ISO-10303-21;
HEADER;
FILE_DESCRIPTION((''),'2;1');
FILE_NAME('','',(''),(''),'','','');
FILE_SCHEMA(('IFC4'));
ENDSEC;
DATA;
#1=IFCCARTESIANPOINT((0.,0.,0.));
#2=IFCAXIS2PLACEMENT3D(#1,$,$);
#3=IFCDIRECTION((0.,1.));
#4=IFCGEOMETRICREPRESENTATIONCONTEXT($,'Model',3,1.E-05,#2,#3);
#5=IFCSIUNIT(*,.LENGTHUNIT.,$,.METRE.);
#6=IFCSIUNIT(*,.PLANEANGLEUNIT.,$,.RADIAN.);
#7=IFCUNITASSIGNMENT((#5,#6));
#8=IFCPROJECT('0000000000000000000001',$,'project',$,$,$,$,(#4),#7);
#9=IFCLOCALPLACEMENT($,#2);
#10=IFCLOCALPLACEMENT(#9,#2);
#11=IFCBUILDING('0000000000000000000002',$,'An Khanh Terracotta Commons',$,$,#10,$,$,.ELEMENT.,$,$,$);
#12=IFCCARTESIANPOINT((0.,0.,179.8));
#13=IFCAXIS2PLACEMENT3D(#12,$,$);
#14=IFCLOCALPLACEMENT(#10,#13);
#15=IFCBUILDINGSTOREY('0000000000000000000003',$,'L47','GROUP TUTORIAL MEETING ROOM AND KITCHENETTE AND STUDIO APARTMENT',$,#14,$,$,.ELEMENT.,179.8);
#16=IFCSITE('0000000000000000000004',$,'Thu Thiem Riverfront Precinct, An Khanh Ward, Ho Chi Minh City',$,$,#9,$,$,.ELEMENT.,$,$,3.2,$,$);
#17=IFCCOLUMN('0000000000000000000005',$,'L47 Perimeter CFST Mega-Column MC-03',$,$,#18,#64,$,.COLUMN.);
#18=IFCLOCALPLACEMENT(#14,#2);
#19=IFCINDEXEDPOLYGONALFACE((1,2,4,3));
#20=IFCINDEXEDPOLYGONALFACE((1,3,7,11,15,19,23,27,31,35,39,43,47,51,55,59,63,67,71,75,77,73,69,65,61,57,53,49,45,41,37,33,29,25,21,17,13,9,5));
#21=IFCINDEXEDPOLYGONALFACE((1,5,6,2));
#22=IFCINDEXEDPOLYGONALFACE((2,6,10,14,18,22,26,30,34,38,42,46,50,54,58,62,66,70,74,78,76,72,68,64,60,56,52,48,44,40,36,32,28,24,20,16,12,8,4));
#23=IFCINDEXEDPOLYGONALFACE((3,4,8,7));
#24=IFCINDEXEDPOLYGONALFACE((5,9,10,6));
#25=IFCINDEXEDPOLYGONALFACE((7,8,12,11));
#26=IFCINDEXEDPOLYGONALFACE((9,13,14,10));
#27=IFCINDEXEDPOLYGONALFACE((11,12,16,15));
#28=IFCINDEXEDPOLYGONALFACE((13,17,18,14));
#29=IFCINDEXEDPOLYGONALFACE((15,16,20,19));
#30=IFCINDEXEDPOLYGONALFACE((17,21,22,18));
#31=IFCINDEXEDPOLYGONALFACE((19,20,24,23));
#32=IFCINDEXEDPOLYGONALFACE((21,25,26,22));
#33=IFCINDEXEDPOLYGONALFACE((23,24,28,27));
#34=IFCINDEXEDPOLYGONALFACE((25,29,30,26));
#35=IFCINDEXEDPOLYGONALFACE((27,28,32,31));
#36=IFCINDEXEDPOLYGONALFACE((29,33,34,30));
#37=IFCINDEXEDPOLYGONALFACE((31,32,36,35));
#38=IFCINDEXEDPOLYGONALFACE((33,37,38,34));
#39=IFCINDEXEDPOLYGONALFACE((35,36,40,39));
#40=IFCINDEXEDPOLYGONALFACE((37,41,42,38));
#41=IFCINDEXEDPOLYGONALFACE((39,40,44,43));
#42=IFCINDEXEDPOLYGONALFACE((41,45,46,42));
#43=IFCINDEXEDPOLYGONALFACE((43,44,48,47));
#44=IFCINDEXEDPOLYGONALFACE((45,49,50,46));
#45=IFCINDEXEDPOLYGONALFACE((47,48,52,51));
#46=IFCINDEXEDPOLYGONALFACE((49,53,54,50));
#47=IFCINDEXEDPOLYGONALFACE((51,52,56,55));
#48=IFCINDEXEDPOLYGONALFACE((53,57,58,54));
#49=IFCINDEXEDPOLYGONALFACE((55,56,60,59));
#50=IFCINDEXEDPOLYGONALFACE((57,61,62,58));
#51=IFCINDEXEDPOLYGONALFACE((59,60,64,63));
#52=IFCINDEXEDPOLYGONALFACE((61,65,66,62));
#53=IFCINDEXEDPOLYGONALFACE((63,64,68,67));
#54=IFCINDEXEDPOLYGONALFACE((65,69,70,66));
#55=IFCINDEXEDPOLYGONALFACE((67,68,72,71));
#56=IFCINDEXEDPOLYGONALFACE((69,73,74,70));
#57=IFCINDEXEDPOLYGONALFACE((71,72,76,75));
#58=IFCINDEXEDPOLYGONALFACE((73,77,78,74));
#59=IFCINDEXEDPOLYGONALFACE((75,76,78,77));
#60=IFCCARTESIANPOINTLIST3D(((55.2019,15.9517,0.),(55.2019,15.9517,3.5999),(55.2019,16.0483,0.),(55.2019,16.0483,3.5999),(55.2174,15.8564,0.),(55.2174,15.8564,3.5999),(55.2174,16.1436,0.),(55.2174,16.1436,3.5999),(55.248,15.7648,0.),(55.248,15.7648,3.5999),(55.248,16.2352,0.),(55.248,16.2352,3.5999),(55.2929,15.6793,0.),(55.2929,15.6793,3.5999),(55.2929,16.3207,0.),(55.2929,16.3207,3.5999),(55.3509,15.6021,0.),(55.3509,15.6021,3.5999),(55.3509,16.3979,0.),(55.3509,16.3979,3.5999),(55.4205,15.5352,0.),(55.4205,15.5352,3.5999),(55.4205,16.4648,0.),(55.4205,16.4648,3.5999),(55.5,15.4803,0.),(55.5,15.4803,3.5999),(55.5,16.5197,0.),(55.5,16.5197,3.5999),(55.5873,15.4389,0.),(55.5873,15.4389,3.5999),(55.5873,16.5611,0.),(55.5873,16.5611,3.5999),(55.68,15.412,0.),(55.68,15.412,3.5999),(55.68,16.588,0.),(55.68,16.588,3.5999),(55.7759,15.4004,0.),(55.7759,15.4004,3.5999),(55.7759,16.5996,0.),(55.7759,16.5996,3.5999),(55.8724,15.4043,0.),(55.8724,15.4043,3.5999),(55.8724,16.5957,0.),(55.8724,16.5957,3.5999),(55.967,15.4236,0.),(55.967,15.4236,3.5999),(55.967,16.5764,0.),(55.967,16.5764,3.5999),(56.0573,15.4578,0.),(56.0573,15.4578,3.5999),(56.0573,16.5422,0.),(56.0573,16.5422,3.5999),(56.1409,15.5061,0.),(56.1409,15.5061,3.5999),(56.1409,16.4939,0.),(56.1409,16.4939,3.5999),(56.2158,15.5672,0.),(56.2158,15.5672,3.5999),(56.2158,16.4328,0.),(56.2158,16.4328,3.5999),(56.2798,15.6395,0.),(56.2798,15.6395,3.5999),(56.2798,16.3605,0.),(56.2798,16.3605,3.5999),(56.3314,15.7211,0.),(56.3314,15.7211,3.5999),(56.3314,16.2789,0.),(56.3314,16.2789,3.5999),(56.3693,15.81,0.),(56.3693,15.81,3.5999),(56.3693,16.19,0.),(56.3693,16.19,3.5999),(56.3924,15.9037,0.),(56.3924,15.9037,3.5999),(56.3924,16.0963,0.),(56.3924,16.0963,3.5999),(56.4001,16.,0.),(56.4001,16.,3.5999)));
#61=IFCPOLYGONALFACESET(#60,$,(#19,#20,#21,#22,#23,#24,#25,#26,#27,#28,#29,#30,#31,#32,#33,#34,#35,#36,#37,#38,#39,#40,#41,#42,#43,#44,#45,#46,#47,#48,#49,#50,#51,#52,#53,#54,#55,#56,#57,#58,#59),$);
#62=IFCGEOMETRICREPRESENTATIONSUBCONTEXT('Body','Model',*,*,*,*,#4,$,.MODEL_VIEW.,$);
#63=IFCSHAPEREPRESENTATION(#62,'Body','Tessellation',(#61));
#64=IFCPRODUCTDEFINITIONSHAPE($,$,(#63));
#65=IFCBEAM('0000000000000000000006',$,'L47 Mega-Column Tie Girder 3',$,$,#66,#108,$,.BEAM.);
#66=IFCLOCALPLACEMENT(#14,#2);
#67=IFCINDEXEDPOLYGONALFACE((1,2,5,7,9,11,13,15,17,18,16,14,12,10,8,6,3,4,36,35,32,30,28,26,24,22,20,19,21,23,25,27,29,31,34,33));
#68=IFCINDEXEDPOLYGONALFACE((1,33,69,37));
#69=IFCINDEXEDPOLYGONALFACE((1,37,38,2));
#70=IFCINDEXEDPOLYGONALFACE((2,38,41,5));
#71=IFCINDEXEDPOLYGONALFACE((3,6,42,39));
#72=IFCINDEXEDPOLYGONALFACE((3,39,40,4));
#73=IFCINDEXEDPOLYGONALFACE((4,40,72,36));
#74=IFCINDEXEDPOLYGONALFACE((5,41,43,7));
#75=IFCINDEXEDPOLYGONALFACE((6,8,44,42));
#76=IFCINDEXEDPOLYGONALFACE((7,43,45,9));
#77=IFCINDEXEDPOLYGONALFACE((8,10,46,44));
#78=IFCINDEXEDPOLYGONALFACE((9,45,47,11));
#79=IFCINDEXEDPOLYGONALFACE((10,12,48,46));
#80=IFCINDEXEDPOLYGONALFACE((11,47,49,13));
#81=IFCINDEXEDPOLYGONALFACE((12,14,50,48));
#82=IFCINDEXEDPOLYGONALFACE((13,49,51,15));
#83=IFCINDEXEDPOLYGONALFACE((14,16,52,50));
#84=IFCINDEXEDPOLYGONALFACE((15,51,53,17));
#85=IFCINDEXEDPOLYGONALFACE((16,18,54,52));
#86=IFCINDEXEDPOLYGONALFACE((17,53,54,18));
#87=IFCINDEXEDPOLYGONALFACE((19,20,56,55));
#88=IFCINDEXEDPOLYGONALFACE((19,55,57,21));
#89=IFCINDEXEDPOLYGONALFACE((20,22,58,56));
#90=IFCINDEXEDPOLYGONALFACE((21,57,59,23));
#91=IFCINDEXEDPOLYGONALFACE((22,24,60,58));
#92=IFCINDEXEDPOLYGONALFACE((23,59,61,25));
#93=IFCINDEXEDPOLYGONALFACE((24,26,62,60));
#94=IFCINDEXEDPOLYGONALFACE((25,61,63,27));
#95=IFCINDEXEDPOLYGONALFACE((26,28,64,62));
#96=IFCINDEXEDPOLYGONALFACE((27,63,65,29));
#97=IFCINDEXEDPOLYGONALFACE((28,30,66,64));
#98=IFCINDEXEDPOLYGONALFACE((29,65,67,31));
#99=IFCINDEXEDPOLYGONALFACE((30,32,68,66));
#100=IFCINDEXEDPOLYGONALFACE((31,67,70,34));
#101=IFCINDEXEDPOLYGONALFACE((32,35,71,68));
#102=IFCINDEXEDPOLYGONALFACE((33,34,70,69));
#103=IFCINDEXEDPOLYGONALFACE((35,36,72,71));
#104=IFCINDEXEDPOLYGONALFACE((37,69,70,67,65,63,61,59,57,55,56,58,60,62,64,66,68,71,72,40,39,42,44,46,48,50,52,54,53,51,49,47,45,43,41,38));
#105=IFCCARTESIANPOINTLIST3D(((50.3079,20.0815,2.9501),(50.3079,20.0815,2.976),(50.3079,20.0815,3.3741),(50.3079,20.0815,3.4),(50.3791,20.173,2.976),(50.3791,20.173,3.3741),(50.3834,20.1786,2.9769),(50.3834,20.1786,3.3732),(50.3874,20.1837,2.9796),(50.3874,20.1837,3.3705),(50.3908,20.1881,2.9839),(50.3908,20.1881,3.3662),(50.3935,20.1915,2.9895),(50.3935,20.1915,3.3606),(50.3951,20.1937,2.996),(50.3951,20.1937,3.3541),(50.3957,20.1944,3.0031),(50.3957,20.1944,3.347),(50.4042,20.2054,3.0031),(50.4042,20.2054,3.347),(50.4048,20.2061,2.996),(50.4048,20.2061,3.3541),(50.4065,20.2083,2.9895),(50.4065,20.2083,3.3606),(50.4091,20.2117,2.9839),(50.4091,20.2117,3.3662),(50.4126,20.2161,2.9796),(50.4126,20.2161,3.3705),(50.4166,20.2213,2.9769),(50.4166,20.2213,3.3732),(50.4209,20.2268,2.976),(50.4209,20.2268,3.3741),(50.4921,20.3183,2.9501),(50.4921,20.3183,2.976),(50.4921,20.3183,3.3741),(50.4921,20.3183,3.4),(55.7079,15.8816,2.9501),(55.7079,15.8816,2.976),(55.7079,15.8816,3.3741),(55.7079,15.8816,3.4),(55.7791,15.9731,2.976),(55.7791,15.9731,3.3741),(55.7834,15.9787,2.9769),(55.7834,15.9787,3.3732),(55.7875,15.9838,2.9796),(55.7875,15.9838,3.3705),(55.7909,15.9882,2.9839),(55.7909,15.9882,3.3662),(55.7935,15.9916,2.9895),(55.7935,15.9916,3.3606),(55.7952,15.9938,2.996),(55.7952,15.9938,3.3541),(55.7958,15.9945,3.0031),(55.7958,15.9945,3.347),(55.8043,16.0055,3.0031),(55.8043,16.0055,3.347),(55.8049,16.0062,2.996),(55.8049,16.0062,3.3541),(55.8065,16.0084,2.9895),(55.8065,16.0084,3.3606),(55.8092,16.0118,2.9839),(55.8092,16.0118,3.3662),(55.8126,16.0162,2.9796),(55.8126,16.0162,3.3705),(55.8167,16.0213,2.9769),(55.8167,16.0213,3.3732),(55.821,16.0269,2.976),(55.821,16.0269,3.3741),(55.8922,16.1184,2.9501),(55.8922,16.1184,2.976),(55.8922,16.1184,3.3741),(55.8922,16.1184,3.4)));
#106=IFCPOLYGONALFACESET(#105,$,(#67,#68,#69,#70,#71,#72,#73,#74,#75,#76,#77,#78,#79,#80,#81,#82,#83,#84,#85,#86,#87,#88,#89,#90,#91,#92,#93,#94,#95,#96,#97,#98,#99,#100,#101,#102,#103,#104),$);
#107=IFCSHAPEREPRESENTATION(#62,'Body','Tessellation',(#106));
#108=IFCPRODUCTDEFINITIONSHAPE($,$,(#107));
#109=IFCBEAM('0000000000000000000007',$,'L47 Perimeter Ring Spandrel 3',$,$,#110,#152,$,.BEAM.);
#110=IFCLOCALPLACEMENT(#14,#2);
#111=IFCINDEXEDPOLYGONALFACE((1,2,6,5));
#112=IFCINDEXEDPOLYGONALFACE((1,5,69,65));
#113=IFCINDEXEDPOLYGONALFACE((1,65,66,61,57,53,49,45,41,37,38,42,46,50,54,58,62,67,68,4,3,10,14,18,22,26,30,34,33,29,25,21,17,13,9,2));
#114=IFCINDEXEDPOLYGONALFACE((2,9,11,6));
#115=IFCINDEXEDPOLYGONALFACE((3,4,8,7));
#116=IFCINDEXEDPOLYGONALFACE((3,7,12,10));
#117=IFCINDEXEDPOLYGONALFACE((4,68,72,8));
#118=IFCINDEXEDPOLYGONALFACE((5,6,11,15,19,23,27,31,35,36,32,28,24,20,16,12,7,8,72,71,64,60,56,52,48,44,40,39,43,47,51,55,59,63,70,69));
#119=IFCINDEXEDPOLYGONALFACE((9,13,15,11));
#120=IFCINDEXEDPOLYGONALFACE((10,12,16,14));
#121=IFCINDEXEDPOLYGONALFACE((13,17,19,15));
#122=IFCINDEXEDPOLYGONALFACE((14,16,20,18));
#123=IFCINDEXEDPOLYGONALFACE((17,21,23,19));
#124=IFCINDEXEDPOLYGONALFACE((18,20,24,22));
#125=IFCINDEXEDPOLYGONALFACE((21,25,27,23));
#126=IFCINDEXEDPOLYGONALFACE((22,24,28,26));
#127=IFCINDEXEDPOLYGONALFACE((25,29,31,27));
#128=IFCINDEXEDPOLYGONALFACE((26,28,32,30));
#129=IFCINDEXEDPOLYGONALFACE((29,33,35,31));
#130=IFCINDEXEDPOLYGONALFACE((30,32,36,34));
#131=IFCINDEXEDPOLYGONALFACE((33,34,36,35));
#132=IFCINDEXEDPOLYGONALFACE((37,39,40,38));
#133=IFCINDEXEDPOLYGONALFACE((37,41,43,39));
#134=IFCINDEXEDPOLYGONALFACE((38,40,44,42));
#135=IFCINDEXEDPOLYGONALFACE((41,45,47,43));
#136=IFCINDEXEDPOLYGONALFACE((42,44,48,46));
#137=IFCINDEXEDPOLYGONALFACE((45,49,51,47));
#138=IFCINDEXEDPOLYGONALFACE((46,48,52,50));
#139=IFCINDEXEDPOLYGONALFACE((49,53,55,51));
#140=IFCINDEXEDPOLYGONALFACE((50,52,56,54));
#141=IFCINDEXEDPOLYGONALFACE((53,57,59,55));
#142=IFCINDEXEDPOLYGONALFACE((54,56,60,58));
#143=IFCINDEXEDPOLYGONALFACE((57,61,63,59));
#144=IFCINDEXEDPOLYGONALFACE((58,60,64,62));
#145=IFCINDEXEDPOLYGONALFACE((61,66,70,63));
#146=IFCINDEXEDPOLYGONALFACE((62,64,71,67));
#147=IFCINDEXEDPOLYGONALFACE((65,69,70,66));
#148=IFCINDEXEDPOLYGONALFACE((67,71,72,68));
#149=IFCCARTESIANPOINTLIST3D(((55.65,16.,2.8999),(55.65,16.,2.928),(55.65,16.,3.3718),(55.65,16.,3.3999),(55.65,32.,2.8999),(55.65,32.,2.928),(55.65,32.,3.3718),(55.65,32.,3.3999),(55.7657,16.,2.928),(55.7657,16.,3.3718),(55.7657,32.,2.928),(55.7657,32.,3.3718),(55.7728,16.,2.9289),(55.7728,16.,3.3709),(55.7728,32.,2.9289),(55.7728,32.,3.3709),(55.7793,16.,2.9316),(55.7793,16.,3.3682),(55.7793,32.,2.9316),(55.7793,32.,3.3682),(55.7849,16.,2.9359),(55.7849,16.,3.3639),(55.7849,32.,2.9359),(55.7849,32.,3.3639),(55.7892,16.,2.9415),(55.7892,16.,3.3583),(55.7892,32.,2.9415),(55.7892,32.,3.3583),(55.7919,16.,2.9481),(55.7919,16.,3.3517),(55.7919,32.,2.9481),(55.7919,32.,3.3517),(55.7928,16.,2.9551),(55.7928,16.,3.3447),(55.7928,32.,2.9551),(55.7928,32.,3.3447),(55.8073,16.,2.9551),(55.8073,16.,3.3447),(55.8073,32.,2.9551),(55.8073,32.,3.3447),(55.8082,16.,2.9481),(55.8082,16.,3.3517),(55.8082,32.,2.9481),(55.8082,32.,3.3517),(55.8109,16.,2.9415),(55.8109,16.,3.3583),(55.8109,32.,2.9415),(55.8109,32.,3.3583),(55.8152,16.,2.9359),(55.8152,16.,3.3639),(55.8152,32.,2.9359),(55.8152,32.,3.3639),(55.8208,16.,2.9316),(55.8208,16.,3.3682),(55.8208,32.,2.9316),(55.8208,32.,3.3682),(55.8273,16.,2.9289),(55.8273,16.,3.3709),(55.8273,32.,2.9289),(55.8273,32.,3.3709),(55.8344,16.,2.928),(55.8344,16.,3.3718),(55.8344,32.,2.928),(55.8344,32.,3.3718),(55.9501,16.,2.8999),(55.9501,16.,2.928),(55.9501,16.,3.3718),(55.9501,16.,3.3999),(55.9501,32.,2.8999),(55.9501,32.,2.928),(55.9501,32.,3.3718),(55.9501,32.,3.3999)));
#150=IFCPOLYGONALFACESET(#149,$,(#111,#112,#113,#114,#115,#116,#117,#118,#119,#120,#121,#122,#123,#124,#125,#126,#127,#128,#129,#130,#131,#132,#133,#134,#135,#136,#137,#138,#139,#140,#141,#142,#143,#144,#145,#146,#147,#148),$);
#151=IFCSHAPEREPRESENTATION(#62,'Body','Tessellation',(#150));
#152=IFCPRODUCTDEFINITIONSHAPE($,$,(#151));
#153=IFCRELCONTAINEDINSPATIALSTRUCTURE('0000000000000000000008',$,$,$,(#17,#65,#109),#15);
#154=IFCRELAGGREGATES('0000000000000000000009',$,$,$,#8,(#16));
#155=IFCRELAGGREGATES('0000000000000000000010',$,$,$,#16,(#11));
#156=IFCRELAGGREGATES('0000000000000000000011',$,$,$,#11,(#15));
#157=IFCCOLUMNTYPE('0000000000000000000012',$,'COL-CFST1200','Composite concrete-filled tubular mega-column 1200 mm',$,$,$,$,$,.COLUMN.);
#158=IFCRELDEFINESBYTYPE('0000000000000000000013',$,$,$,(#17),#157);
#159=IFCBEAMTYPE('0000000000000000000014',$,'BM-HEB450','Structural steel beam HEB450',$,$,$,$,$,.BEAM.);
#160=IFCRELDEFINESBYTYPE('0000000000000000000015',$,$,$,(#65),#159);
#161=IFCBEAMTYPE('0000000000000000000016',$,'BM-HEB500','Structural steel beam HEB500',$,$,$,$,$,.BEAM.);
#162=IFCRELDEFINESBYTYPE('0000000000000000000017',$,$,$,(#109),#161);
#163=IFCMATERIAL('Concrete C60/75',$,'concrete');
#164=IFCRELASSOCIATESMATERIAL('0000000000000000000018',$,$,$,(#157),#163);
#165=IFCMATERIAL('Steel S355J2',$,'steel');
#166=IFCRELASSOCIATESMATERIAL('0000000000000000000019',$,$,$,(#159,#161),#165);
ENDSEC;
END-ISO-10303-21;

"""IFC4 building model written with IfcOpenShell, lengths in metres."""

from ifc_helpers import new_model, si_unit, direction, frame, origin, origin_2d, place, context, subcontext, project, spatial, circle, i_section, extrude, material, material_profile, profile_set, type_object, element, save


model = new_model("IFC4")

# Units and contexts
model_context = context("Model", 3, precision=1e-05, world=origin(), true_north=direction((0.0, 1.0)))
body_context = subcontext(model_context, "Body", "Model", "MODEL_VIEW")
ifc_project = project(units=[si_unit("LENGTHUNIT", "METRE"), si_unit("PLANEANGLEUNIT", "RADIAN")], contexts=[model_context])

# Site, building, storey
site_placement = place(None, origin())
site = spatial("IfcSite", under=ifc_project, at=site_placement, Name="Thu Thiem Riverfront Precinct, An Khanh Ward, Ho Chi Minh City", CompositionType="ELEMENT", RefElevation=3.2)
building_placement = place(site_placement, origin())
building = spatial("IfcBuilding", under=site, at=building_placement, Name="An Khanh Terracotta Commons", CompositionType="ELEMENT")
storey_placement = place(building_placement, frame((0.0, 0.0, 179.8)))
storey = spatial("IfcBuildingStorey", under=building, at=storey_placement, Name="L47", Description="GROUP TUTORIAL MEETING ROOM AND KITCHENETTE AND STUDIO APARTMENT", CompositionType="ELEMENT", Elevation=179.8)

# Column
ifc_material_1 = material(Name="Concrete C60/75", Category="concrete")
ifc_material_profile_1 = material_profile(ifc_material_1, circle(Radius=0.6001, at=origin_2d()), Name="CFST1200")
ifc_profile_set_1 = profile_set([ifc_material_profile_1], Name="Concrete C60/75")
column_type = type_object("IfcColumnType", Name="COL-CFST1200", Description="Composite concrete-filled tubular mega-column 1200 mm", PredefinedType="COLUMN", material=ifc_profile_set_1)
column_placement = place(storey_placement, frame((55.8, 16.0, 0.0), z_axis=(0.0, 0.0, 1.0), x_axis=(1.0, 0.0, 0.0)))
element("IfcColumn", 1, at=column_placement, inside=storey, type_object=column_type, Name="L47 Perimeter CFST Mega-Column MC-03", PredefinedType="COLUMN", context=body_context, shape_type="SweptSolid", body=[
    extrude(circle(Radius=0.6001, at=origin_2d()), origin(), (0.0, 0.0, 1.0), 3.5999),
])

# Beams
ifc_material_2 = material(Name="Steel S355J2", Category="steel")
ifc_material_profile_2 = material_profile(ifc_material_2, i_section(OverallWidth=0.3, OverallDepth=0.45, WebThickness=0.0139, FlangeThickness=0.0259, FilletRadius=0.0271, at=origin_2d()), Name="HEB450")
ifc_profile_set_2 = profile_set([ifc_material_profile_2], Name="Steel S355J2")
beam_type_1 = type_object("IfcBeamType", Name="BM-HEB450", Description="Structural steel beam HEB450", PredefinedType="BEAM", material=ifc_profile_set_2)
beam_1_placement = place(storey_placement, frame((55.8, 16.0, 3.175), z_axis=(-0.789364, 0.613926, 0.0), x_axis=(-0.613926, -0.789364, 0.0)))
element("IfcBeam", 2, at=beam_1_placement, inside=storey, type_object=beam_type_1, Name="L47 Mega-Column Tie Girder 3", PredefinedType="BEAM", context=body_context, shape_type="SweptSolid", body=[
    extrude(i_section(OverallWidth=0.3, OverallDepth=0.45, WebThickness=0.0139, FlangeThickness=0.0259, FilletRadius=0.0271, at=origin_2d()), origin(), (0.0, 0.0, 1.0), 6.8411),
])
ifc_material_profile_3 = material_profile(ifc_material_2, i_section(OverallWidth=0.3, OverallDepth=0.5, WebThickness=0.0144, FlangeThickness=0.0281, FilletRadius=0.0271, at=origin_2d()), Name="HEB500")
ifc_profile_set_3 = profile_set([ifc_material_profile_3], Name="Steel S355J2")
beam_type_2 = type_object("IfcBeamType", Name="BM-HEB500", Description="Structural steel beam HEB500", PredefinedType="BEAM", material=ifc_profile_set_3)
beam_2_placement = place(storey_placement, frame((55.8, 16.0, 3.1499), z_axis=(0.0, 1.0, 0.0), x_axis=(-1.0, 0.0, 0.0)))
element("IfcBeam", 3, at=beam_2_placement, inside=storey, type_object=beam_type_2, Name="L47 Perimeter Ring Spandrel 3", PredefinedType="BEAM", context=body_context, shape_type="SweptSolid", body=[
    extrude(i_section(OverallWidth=0.3, OverallDepth=0.5, WebThickness=0.0144, FlangeThickness=0.0281, FilletRadius=0.0271, at=origin_2d()), origin(), (0.0, 0.0, 1.0), 16.0),
])

save(model, "model.ifc")
